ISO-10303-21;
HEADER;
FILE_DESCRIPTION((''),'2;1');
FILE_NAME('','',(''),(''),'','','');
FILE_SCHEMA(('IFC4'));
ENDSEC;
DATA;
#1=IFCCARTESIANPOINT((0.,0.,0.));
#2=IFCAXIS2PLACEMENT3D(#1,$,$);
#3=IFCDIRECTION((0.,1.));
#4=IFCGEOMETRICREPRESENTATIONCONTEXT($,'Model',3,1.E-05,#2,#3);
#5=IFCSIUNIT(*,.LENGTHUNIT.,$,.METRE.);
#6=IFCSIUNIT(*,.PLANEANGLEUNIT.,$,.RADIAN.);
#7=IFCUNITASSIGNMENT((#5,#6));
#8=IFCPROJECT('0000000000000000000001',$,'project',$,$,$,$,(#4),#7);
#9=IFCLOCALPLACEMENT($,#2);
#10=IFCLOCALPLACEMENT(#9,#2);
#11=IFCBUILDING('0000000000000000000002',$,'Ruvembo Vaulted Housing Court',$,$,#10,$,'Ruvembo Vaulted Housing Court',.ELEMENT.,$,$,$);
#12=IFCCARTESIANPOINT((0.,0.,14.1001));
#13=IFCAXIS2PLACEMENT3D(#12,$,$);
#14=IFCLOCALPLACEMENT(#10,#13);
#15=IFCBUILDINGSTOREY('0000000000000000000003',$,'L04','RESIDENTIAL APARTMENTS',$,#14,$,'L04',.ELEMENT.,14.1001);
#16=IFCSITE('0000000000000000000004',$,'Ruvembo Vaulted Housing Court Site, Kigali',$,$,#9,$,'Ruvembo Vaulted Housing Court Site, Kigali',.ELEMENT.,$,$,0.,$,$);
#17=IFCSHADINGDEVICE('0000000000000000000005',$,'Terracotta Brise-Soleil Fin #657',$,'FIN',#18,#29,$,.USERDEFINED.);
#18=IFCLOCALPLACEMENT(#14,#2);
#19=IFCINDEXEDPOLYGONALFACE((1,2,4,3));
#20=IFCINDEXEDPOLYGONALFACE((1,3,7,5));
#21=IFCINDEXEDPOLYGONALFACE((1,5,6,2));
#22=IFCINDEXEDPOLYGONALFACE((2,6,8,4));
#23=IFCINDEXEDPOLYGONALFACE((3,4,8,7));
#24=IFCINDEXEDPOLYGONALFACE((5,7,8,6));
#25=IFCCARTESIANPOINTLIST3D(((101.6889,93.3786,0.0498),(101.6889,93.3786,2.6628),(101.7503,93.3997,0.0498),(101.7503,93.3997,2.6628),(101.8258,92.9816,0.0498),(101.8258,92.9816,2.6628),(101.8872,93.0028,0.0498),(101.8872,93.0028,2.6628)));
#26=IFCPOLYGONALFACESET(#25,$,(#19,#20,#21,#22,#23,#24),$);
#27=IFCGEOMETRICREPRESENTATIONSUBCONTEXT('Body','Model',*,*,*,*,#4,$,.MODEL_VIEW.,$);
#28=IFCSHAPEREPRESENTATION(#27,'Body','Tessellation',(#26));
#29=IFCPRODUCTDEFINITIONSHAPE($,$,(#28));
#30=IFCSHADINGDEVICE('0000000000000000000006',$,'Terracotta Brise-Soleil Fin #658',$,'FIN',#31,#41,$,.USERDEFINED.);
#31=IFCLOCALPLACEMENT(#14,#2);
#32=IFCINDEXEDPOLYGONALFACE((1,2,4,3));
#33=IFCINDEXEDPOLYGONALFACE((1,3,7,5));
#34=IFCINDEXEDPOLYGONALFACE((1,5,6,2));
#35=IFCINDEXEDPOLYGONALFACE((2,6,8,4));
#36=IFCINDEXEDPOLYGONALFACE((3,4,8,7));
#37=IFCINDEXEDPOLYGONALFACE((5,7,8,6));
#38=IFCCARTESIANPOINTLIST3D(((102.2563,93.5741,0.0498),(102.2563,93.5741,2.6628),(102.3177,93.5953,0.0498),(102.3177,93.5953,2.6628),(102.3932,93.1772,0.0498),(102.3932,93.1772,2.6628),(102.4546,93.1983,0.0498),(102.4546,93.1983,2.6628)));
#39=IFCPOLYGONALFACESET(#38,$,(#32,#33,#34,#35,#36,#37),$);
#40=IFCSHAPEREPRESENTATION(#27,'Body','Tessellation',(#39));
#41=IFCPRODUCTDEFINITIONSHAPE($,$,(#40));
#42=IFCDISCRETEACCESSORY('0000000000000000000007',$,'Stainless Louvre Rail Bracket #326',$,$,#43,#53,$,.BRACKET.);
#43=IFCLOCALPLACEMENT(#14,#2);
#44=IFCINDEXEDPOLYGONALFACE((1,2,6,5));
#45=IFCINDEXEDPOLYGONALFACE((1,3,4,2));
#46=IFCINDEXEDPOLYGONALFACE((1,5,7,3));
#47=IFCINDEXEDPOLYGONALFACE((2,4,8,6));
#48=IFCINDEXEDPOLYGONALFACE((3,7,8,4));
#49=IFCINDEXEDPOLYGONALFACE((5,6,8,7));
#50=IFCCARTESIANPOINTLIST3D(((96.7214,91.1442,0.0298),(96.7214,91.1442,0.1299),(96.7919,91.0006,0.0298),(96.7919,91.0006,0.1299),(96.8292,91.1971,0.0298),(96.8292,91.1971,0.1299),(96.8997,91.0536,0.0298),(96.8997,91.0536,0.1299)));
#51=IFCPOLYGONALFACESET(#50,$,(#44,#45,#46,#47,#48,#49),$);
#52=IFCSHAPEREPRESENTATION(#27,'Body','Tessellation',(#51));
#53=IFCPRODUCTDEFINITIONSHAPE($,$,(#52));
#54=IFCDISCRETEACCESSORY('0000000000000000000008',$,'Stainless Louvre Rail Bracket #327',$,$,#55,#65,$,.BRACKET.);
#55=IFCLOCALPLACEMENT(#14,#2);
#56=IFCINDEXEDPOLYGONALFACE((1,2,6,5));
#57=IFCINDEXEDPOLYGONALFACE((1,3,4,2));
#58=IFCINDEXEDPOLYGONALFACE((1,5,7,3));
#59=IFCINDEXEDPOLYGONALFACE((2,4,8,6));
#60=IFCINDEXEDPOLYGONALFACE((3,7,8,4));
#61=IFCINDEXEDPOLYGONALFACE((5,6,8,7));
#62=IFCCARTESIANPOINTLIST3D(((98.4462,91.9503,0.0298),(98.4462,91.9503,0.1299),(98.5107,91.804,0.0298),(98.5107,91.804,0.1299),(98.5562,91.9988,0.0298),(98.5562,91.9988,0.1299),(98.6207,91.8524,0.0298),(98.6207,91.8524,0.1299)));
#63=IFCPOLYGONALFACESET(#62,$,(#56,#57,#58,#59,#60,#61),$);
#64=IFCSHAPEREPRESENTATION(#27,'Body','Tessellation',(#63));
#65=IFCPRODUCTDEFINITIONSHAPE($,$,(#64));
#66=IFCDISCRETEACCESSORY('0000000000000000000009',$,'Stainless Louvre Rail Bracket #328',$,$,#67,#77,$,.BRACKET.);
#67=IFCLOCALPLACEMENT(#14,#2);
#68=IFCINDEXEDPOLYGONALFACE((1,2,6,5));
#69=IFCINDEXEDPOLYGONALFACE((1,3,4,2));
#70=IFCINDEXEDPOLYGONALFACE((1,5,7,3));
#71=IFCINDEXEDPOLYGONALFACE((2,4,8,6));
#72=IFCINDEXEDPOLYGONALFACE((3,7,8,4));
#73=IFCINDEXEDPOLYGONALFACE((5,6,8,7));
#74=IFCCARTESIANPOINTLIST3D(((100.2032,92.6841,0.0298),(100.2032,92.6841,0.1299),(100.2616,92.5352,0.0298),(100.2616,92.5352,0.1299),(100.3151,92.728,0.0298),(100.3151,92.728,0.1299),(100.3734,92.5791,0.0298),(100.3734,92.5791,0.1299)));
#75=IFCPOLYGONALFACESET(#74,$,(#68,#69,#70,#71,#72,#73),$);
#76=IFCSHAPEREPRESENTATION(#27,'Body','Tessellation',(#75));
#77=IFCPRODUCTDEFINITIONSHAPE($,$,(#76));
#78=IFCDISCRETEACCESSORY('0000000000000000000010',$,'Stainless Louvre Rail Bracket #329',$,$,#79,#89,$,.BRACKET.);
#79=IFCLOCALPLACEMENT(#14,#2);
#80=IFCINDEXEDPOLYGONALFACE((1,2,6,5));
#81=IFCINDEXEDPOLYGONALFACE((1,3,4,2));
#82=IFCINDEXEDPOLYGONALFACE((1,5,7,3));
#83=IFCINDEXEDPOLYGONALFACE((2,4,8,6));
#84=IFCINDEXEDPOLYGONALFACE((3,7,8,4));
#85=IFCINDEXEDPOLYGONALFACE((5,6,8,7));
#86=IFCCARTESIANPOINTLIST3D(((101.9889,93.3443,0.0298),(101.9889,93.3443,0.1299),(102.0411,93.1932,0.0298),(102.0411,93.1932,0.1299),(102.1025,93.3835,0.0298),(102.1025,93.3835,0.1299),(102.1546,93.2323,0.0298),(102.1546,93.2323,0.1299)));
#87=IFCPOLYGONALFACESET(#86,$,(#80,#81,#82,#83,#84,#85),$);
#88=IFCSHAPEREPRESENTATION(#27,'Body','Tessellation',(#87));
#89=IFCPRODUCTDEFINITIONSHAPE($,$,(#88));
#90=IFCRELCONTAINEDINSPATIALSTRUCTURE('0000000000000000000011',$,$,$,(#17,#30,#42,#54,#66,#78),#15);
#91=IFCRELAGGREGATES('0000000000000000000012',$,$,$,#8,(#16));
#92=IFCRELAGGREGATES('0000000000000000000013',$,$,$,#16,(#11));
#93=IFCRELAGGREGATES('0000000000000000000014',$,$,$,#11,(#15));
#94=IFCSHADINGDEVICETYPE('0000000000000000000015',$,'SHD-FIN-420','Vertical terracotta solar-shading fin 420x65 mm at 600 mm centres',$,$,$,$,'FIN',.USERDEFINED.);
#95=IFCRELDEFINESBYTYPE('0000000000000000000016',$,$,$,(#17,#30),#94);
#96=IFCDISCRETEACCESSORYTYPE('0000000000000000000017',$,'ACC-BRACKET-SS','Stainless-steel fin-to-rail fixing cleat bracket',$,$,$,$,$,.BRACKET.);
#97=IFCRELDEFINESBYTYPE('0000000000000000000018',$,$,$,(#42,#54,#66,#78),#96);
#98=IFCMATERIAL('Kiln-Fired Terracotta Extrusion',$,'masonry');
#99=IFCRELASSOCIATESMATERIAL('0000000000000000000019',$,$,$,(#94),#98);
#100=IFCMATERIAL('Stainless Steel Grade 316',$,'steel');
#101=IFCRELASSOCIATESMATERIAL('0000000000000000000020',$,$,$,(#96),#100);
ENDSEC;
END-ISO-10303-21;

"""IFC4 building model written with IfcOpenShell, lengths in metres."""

from ifc_helpers import new_model, si_unit, direction, frame, origin, origin_2d, place, context, subcontext, project, spatial, rectangle, extrude, material, type_object, element, save


model = new_model("IFC4")

# Units and contexts
model_context = context("Model", 3, precision=1e-05, world=origin(), true_north=direction((0.0, 1.0)))
body_context = subcontext(model_context, "Body", "Model", "MODEL_VIEW")
ifc_project = project(units=[si_unit("LENGTHUNIT", "METRE"), si_unit("PLANEANGLEUNIT", "RADIAN")], contexts=[model_context])

# Site, building, storey
site_placement = place(None, origin())
site = spatial("IfcSite", under=ifc_project, at=site_placement, Name="Ruvembo Vaulted Housing Court Site, Kigali", LongName="Ruvembo Vaulted Housing Court Site, Kigali", CompositionType="ELEMENT", RefElevation=0.0)
building_placement = place(site_placement, origin())
building = spatial("IfcBuilding", under=site, at=building_placement, Name="Ruvembo Vaulted Housing Court", LongName="Ruvembo Vaulted Housing Court", CompositionType="ELEMENT")
storey_placement = place(building_placement, frame((0.0, 0.0, 14.1001)))
storey = spatial("IfcBuildingStorey", under=building, at=storey_placement, Name="L04", Description="RESIDENTIAL APARTMENTS", LongName="L04", CompositionType="ELEMENT", Elevation=14.1001)

# Shading devices
ifc_material_1 = material(Name="Kiln-Fired Terracotta Extrusion", Category="masonry")
shading_device_type = type_object("IfcShadingDeviceType", Name="SHD-FIN-420", Description="Vertical terracotta solar-shading fin 420x65 mm at 600 mm centres", ElementType="FIN", PredefinedType="USERDEFINED", material=ifc_material_1)
for number, where, z_axis, x_axis, name in (
    (1, (101.7881, 93.1907, 0.0498), (0.0, 0.0, 1.0), (0.32603, -0.945359, 0.0), "Terracotta Brise-Soleil Fin #657"),
    (2, (102.3555, 93.3862, 0.0498), (0.0, 0.0, 1.0), (0.32603, -0.945359, 0.0), "Terracotta Brise-Soleil Fin #658"),
):
    element("IfcShadingDevice", number, at=place(storey_placement, frame(where, z_axis=z_axis, x_axis=x_axis)), inside=storey, type_object=shading_device_type, Name=name, ObjectType="FIN", PredefinedType="USERDEFINED", context=body_context, shape_type="SweptSolid", body=[
        extrude(rectangle(XDim=0.4199, YDim=0.0649, at=origin_2d()), origin(), (0.0, 0.0, 1.0), 2.613),
    ])

# Discrete accessories
ifc_material_2 = material(Name="Stainless Steel Grade 316", Category="steel")
discrete_accessory_type = type_object("IfcDiscreteAccessoryType", Name="ACC-BRACKET-SS", Description="Stainless-steel fin-to-rail fixing cleat bracket", PredefinedType="BRACKET", material=ifc_material_2)
for number, where, z_axis, x_axis, name in (
    (3, (96.8105, 91.0989, 0.0298), (0.0, 0.0, 1.0), (0.440911, -0.897551, 0.0), "Stainless Louvre Rail Bracket #326"),
    (4, (98.5334, 91.9014, 0.0298), (0.0, 0.0, 1.0), (0.403306, -0.915065, 0.0), "Stainless Louvre Rail Bracket #327"),
    (5, (100.2883, 92.6316, 0.0298), (0.0, 0.0, 1.0), (0.364958, -0.931024, 0.0), "Stainless Louvre Rail Bracket #328"),
    (6, (102.0718, 93.2883, 0.0298), (0.0, 0.0, 1.0), (0.32603, -0.945359, 0.0), "Stainless Louvre Rail Bracket #329"),
):
    element("IfcDiscreteAccessory", number, at=place(storey_placement, frame(where, z_axis=z_axis, x_axis=x_axis)), inside=storey, type_object=discrete_accessory_type, Name=name, PredefinedType="BRACKET", context=body_context, shape_type="SweptSolid", body=[
        extrude(rectangle(XDim=0.1599, YDim=0.1201, at=origin_2d()), origin(), (0.0, 0.0, 1.0), 0.1001),
    ])

save(model, "model.ifc")
